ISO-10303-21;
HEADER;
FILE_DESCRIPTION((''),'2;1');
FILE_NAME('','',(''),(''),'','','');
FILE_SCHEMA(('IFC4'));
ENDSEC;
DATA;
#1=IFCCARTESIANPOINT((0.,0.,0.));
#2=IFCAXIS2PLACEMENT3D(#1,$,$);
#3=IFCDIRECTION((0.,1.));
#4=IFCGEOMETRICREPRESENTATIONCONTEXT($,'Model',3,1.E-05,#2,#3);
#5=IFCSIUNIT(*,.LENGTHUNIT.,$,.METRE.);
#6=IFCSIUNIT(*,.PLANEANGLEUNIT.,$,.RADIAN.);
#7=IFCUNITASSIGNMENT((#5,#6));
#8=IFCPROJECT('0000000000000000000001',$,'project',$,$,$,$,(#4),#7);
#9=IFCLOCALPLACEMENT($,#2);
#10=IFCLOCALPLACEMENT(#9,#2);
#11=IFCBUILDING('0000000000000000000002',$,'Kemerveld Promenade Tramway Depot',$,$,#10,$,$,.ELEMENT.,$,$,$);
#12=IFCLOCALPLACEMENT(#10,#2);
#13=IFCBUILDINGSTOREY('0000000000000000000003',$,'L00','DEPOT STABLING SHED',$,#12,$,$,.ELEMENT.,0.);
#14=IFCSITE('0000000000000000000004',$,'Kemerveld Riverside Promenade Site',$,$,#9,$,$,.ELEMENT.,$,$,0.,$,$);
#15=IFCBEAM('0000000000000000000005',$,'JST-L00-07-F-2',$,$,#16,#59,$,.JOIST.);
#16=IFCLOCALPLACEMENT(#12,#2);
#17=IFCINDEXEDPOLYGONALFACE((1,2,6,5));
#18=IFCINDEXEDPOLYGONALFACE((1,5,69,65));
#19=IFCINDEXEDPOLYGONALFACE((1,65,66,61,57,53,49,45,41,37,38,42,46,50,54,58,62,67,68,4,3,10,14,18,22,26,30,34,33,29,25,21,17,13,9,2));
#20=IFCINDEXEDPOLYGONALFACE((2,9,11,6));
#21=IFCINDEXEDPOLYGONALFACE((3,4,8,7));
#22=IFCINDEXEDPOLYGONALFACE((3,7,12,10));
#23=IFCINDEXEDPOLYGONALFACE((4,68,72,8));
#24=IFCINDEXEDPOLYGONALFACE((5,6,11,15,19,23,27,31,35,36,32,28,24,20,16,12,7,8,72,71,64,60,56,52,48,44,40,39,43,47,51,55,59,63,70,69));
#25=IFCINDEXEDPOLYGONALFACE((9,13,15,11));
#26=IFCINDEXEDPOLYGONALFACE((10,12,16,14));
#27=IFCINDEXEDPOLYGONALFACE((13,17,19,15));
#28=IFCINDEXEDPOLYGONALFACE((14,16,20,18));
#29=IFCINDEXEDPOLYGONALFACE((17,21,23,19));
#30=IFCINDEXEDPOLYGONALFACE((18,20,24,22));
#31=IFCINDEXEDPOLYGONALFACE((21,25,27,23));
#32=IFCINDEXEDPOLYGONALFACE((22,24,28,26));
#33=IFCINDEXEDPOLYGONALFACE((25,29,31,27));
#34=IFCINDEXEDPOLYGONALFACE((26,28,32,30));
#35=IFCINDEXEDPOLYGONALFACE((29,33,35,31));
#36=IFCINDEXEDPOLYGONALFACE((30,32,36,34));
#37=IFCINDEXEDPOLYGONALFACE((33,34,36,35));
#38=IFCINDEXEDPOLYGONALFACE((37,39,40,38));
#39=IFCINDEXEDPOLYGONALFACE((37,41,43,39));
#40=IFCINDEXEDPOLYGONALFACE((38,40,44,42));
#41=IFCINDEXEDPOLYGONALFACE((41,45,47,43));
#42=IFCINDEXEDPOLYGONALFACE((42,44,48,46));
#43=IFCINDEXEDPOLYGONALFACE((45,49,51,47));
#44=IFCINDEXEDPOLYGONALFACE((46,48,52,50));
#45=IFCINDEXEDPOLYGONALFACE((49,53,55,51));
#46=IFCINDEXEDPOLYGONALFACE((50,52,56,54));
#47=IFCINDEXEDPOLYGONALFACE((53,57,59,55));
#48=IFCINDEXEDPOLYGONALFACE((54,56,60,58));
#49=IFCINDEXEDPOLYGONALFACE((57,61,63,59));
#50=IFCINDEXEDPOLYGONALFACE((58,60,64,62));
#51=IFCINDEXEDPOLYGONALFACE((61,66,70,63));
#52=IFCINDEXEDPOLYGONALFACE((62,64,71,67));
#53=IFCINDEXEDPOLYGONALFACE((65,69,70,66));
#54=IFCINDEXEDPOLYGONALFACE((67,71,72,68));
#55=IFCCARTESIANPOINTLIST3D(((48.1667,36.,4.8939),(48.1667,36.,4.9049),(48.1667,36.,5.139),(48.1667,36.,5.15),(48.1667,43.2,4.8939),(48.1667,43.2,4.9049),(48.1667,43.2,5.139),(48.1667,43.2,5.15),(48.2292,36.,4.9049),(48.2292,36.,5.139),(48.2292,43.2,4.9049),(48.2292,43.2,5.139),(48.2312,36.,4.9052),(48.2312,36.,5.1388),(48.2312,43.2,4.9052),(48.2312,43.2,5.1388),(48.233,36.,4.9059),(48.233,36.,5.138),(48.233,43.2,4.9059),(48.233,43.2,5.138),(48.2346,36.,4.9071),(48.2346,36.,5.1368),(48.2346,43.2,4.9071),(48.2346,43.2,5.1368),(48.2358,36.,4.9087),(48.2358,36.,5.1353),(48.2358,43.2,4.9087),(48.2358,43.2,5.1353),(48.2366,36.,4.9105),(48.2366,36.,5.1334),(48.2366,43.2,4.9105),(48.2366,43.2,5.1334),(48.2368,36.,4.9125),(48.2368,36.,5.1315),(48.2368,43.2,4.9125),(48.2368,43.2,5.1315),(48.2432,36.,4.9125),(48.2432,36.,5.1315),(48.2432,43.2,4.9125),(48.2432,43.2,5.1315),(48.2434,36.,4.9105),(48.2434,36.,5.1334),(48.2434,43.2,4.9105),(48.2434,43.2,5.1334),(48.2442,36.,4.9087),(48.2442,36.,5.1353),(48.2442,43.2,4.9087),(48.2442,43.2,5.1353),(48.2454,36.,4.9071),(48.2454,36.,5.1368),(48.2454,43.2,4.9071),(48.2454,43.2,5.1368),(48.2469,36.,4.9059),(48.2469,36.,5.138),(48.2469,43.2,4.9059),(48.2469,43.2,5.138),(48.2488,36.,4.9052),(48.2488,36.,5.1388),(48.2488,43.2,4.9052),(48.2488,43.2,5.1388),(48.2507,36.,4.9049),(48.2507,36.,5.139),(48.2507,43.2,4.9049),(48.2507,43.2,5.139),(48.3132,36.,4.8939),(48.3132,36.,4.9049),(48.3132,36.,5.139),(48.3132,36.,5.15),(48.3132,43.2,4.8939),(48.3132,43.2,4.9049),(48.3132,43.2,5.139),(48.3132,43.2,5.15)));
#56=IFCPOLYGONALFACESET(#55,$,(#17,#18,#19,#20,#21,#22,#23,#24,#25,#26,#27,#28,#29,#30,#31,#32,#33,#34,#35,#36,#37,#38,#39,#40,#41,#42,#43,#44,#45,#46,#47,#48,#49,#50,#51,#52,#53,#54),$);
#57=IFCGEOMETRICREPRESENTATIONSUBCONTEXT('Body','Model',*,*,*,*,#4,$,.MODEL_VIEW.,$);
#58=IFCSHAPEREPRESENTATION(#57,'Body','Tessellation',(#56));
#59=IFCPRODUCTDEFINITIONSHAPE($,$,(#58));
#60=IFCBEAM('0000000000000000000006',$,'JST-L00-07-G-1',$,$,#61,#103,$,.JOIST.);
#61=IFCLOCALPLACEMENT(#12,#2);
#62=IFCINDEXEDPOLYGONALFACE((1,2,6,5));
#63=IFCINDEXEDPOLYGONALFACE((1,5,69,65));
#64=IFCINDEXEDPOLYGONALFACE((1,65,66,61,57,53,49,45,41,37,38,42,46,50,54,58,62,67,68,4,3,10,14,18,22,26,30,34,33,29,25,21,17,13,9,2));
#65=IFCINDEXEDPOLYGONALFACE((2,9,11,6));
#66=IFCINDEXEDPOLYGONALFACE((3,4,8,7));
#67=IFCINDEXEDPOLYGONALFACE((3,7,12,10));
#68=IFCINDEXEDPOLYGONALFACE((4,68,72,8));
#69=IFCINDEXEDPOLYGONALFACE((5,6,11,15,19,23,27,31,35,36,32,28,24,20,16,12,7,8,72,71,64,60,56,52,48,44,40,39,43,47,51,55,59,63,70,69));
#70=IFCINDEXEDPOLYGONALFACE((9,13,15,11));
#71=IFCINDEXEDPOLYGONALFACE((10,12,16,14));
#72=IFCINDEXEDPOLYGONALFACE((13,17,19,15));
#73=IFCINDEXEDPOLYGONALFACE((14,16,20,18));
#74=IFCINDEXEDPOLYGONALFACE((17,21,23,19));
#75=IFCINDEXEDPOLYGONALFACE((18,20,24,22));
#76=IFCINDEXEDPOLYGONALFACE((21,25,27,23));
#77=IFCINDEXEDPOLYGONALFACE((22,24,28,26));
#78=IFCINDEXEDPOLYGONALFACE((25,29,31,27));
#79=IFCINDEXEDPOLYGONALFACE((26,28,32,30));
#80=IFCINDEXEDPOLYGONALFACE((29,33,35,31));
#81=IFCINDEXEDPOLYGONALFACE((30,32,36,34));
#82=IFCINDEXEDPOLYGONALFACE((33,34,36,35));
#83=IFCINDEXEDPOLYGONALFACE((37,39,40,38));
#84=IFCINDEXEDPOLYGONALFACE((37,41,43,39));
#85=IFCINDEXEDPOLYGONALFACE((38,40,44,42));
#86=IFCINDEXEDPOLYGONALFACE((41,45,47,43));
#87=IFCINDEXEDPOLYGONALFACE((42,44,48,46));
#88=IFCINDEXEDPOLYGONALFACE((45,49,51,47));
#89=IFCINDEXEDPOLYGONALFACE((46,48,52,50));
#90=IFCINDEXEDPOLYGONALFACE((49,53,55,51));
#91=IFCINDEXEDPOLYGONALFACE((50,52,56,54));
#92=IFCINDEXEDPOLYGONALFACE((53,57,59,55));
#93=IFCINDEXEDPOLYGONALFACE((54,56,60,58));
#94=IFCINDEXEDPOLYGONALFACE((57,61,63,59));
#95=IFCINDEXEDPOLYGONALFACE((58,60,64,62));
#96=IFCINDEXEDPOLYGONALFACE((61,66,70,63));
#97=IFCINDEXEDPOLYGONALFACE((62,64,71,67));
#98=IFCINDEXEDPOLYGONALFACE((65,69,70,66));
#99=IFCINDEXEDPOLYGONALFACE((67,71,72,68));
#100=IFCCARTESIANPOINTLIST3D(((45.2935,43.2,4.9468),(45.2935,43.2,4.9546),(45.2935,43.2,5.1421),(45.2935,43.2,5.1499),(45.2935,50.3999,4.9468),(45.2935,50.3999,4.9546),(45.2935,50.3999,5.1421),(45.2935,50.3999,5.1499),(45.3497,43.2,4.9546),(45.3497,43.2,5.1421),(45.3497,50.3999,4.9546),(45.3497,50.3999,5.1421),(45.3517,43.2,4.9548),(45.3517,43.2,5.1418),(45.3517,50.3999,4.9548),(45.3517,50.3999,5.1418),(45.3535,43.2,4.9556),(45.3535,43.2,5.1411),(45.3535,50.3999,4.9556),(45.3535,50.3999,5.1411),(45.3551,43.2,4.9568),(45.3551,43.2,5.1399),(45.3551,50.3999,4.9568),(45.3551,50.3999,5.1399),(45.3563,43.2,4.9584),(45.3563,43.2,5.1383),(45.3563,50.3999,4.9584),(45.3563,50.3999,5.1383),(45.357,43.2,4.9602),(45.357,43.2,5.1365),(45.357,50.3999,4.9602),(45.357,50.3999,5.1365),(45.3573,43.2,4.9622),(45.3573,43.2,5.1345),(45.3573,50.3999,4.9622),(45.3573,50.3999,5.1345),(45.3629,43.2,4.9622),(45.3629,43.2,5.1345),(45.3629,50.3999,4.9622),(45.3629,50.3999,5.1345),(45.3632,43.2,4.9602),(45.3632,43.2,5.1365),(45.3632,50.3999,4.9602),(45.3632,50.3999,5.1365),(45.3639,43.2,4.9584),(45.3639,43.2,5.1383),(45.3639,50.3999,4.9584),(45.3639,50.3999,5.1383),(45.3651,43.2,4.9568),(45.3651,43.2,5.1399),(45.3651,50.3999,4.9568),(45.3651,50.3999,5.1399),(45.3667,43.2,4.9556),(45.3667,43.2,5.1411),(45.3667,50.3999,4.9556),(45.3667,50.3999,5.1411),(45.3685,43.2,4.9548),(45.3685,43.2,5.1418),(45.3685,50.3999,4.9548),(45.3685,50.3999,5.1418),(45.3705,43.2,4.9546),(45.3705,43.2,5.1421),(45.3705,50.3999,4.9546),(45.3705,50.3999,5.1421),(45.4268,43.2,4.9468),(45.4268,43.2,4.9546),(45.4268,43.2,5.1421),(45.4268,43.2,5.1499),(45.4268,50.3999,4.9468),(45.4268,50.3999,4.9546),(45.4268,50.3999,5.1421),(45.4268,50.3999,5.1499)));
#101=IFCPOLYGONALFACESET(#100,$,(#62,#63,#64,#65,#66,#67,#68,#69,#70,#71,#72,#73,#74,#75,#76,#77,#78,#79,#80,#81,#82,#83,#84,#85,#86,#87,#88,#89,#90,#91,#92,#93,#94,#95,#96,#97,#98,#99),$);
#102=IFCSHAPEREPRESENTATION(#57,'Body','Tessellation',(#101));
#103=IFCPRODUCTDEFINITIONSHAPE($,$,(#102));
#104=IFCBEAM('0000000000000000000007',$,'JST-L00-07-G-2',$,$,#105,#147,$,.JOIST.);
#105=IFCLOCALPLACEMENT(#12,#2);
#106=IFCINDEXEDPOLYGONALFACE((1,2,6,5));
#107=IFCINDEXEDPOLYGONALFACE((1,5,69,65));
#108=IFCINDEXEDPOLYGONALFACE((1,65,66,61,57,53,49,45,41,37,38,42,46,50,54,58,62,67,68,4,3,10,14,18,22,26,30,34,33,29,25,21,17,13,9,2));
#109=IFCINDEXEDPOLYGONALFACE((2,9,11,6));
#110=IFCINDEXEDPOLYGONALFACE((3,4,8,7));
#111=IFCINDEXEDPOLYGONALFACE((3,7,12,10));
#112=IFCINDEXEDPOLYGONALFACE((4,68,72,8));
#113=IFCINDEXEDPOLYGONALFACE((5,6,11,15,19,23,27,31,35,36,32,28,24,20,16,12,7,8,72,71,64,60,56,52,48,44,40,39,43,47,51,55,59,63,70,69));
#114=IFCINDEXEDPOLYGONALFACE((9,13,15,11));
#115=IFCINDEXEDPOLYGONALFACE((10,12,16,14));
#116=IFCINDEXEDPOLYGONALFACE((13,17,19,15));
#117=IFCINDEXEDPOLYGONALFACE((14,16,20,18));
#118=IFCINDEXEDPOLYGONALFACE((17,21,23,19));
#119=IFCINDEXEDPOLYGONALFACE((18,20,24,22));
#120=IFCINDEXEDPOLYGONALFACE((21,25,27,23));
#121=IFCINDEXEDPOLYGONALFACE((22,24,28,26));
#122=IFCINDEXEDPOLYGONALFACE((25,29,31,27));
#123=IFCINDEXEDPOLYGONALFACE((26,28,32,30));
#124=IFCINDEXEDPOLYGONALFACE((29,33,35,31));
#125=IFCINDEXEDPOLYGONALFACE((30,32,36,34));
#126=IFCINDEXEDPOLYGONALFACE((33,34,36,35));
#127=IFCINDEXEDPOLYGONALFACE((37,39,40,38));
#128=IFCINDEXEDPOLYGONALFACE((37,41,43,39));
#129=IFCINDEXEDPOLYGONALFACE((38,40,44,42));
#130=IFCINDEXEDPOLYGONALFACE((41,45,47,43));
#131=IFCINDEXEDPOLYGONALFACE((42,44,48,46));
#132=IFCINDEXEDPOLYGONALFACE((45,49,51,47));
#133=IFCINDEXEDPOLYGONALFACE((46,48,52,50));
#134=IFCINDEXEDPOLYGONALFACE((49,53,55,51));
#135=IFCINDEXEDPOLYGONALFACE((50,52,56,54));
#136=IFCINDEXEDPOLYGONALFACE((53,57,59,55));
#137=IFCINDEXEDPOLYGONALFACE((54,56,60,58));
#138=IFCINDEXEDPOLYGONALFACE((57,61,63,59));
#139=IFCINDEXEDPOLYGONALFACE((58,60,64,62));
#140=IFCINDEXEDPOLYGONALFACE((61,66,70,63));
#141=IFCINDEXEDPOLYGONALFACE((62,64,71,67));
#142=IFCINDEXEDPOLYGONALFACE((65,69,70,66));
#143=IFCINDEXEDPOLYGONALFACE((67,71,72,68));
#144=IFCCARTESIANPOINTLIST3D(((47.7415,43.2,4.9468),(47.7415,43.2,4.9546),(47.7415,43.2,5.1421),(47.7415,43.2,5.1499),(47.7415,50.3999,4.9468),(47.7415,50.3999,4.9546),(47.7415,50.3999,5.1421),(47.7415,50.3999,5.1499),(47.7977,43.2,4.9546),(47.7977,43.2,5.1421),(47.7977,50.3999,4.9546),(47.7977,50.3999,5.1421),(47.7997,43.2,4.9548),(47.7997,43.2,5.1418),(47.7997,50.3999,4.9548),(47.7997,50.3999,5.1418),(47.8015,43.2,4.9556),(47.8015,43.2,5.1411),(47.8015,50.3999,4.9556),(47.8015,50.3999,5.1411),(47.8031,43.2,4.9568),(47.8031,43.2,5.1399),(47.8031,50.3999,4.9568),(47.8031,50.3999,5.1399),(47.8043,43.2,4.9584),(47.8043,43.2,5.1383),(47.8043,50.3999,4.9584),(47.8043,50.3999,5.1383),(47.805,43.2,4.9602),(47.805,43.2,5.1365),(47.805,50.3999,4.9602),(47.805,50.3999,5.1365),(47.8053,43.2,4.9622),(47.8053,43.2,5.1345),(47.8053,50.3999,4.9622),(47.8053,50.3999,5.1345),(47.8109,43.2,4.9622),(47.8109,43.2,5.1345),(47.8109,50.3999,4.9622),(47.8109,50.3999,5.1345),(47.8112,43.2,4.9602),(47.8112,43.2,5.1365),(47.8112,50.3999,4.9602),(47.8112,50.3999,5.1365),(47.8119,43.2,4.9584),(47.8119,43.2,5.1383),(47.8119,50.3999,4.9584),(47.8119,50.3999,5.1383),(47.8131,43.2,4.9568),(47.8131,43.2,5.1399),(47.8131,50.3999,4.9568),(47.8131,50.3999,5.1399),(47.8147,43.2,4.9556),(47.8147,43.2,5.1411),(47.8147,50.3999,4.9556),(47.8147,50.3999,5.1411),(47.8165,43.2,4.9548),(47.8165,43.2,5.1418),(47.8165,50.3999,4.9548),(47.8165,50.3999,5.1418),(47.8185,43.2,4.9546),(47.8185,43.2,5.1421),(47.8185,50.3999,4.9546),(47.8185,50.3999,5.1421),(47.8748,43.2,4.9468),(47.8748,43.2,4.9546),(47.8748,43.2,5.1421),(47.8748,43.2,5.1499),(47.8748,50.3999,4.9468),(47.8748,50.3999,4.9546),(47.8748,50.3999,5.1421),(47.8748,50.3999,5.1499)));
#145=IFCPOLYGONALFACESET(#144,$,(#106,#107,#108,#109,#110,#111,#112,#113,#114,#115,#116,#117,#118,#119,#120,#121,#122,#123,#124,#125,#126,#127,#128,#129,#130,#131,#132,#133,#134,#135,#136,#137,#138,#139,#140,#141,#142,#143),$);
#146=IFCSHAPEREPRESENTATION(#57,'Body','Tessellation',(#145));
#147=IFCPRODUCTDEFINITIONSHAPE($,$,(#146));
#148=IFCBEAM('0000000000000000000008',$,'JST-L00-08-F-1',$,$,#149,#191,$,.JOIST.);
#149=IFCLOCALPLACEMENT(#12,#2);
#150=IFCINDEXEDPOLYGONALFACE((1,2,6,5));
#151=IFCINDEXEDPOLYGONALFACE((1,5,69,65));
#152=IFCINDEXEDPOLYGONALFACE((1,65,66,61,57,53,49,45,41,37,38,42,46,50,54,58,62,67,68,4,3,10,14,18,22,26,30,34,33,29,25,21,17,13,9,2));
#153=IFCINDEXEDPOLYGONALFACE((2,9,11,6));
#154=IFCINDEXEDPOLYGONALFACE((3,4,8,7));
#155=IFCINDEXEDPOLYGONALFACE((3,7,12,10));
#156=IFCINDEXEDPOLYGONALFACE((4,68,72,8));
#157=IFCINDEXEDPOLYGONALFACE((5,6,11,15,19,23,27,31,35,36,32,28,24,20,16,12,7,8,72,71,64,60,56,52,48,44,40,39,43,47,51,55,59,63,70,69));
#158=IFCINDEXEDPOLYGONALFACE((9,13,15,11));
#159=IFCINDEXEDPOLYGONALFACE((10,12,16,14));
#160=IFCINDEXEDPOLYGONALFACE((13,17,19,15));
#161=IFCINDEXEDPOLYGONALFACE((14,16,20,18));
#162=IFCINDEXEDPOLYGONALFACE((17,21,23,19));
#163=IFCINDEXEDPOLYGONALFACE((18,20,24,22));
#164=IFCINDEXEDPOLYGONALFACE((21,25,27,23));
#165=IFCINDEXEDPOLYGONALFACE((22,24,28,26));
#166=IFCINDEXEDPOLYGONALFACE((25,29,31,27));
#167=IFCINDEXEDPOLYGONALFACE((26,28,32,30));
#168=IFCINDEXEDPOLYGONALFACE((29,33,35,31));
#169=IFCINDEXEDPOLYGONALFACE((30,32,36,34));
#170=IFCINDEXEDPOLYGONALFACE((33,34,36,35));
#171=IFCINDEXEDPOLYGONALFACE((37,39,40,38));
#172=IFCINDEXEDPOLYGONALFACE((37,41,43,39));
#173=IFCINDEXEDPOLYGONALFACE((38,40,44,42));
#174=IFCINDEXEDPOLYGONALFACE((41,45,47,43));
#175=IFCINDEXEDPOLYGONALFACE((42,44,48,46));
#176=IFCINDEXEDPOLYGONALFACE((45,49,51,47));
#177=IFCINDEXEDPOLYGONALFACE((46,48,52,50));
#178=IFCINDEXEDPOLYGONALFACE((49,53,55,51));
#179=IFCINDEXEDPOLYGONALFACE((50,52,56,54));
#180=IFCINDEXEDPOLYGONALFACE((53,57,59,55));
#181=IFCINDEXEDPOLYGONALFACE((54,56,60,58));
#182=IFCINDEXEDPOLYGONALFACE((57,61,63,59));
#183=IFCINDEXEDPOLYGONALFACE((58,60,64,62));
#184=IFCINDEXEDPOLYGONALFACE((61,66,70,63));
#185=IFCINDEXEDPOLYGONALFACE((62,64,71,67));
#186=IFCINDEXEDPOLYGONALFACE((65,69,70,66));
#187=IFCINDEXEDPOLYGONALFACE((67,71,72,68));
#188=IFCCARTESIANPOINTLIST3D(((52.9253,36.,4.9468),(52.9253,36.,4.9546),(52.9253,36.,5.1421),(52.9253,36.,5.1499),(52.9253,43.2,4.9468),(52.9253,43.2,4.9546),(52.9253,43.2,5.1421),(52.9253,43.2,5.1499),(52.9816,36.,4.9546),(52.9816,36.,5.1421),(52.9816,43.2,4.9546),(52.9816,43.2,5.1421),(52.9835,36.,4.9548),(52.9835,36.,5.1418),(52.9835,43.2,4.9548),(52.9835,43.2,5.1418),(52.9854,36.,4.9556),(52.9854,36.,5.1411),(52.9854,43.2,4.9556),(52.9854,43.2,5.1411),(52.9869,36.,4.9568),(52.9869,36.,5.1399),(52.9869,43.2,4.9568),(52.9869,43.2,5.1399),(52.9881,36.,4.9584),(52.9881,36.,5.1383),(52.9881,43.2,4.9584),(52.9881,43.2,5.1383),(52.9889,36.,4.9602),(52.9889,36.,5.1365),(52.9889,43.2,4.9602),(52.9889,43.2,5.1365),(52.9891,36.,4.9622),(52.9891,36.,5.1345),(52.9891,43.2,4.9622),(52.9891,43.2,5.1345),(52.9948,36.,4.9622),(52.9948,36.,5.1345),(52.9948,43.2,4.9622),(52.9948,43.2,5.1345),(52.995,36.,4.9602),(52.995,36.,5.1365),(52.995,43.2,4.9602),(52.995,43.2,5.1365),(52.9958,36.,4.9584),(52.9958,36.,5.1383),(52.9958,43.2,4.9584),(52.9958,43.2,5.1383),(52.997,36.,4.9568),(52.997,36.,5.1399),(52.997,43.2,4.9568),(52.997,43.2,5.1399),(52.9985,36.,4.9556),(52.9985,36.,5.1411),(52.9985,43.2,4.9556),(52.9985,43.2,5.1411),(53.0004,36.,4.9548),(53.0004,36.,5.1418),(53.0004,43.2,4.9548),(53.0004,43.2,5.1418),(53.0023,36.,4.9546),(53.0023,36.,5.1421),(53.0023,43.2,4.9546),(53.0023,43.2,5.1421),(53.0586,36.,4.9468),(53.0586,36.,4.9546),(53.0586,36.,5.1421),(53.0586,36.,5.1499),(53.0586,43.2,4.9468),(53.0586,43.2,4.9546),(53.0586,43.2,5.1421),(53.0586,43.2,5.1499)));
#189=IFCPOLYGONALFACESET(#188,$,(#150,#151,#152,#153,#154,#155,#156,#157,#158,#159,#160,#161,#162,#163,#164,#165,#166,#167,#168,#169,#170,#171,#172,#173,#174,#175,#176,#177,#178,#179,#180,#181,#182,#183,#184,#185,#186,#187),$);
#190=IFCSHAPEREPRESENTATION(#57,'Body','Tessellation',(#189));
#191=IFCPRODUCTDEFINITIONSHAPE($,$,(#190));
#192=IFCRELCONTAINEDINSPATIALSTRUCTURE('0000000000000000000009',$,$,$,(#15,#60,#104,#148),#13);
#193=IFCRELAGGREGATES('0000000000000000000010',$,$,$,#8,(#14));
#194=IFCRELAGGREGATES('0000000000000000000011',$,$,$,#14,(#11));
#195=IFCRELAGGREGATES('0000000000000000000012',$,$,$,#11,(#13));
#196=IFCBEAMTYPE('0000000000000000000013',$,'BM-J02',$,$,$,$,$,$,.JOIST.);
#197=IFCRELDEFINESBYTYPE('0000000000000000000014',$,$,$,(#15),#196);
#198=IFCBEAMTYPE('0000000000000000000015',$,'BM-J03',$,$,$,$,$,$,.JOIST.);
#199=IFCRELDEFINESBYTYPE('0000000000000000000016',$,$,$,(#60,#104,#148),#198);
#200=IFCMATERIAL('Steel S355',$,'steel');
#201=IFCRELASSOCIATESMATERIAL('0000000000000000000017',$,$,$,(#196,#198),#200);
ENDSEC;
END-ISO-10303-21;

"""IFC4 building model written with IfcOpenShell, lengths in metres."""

from ifc_helpers import new_model, si_unit, direction, frame, origin, origin_2d, place, context, subcontext, project, spatial, i_section, extrude, material, material_profile, profile_set, type_object, element, save


model = new_model("IFC4")

# Units and contexts
model_context = context("Model", 3, precision=1e-05, world=origin(), true_north=direction((0.0, 1.0)))
body_context = subcontext(model_context, "Body", "Model", "MODEL_VIEW")
ifc_project = project(units=[si_unit("LENGTHUNIT", "METRE"), si_unit("PLANEANGLEUNIT", "RADIAN")], contexts=[model_context])

# Site, building, storey
site_placement = place(None, origin())
site = spatial("IfcSite", under=ifc_project, at=site_placement, Name="Kemerveld Riverside Promenade Site", CompositionType="ELEMENT", RefElevation=0.0)
building_placement = place(site_placement, origin())
building = spatial("IfcBuilding", under=site, at=building_placement, Name="Kemerveld Promenade Tramway Depot", CompositionType="ELEMENT")
storey_placement = place(building_placement, origin())
storey = spatial("IfcBuildingStorey", under=building, at=storey_placement, Name="L00", Description="DEPOT STABLING SHED", CompositionType="ELEMENT", Elevation=0.0)

# Shared definitions
ifc_material_1 = material(Name="Steel S355", Category="steel")

# Beams
ifc_material_profile_1 = material_profile(ifc_material_1, i_section(OverallWidth=0.1465, OverallDepth=0.2561, WebThickness=0.0063, FlangeThickness=0.011, FilletRadius=0.0076, at=origin_2d()), Name="254x146x37 UB")
ifc_profile_set_1 = profile_set([ifc_material_profile_1], Name="Steel S355")
beam_type_1 = type_object("IfcBeamType", Name="BM-J02", PredefinedType="JOIST", material=ifc_profile_set_1)
for number, where, z_axis, x_axis, name in (
    (1, (48.24, 36.0, 5.022), (0.0, 1.0, 0.0), (-1.0, 0.0, 0.0), "JST-L00-07-F-2"),
):
    element("IfcBeam", number, at=place(storey_placement, frame(where, z_axis=z_axis, x_axis=x_axis)), inside=storey, type_object=beam_type_1, Name=name, PredefinedType="JOIST", context=body_context, shape_type="SweptSolid", body=[
        extrude(i_section(OverallWidth=0.1465, OverallDepth=0.2561, WebThickness=0.0063, FlangeThickness=0.011, FilletRadius=0.0076, at=origin_2d()), origin(), (0.0, 0.0, 1.0), 7.2),
    ])
ifc_material_profile_2 = material_profile(ifc_material_1, i_section(OverallWidth=0.1333, OverallDepth=0.2031, WebThickness=0.0056, FlangeThickness=0.0078, FilletRadius=0.0076, at=origin_2d()), Name="203x133x25 UB")
ifc_profile_set_2 = profile_set([ifc_material_profile_2], Name="Steel S355")
beam_type_2 = type_object("IfcBeamType", Name="BM-J03", PredefinedType="JOIST", material=ifc_profile_set_2)
for number, where, z_axis, x_axis, name in (
    (2, (45.3601, 43.2, 5.0483), (0.0, 1.0, 0.0), (-1.0, 0.0, 0.0), "JST-L00-07-G-1"),
    (3, (47.8081, 43.2, 5.0483), (0.0, 1.0, 0.0), (-1.0, 0.0, 0.0), "JST-L00-07-G-2"),
    (4, (52.9919, 36.0, 5.0483), (0.0, 1.0, 0.0), (-1.0, 0.0, 0.0), "JST-L00-08-F-1"),
):
    element("IfcBeam", number, at=place(storey_placement, frame(where, z_axis=z_axis, x_axis=x_axis)), inside=storey, type_object=beam_type_2, Name=name, PredefinedType="JOIST", context=body_context, shape_type="SweptSolid", body=[
        extrude(i_section(OverallWidth=0.1333, OverallDepth=0.2031, WebThickness=0.0056, FlangeThickness=0.0078, FilletRadius=0.0076, at=origin_2d()), origin(), (0.0, 0.0, 1.0), 7.2),
    ])

save(model, "model.ifc")
